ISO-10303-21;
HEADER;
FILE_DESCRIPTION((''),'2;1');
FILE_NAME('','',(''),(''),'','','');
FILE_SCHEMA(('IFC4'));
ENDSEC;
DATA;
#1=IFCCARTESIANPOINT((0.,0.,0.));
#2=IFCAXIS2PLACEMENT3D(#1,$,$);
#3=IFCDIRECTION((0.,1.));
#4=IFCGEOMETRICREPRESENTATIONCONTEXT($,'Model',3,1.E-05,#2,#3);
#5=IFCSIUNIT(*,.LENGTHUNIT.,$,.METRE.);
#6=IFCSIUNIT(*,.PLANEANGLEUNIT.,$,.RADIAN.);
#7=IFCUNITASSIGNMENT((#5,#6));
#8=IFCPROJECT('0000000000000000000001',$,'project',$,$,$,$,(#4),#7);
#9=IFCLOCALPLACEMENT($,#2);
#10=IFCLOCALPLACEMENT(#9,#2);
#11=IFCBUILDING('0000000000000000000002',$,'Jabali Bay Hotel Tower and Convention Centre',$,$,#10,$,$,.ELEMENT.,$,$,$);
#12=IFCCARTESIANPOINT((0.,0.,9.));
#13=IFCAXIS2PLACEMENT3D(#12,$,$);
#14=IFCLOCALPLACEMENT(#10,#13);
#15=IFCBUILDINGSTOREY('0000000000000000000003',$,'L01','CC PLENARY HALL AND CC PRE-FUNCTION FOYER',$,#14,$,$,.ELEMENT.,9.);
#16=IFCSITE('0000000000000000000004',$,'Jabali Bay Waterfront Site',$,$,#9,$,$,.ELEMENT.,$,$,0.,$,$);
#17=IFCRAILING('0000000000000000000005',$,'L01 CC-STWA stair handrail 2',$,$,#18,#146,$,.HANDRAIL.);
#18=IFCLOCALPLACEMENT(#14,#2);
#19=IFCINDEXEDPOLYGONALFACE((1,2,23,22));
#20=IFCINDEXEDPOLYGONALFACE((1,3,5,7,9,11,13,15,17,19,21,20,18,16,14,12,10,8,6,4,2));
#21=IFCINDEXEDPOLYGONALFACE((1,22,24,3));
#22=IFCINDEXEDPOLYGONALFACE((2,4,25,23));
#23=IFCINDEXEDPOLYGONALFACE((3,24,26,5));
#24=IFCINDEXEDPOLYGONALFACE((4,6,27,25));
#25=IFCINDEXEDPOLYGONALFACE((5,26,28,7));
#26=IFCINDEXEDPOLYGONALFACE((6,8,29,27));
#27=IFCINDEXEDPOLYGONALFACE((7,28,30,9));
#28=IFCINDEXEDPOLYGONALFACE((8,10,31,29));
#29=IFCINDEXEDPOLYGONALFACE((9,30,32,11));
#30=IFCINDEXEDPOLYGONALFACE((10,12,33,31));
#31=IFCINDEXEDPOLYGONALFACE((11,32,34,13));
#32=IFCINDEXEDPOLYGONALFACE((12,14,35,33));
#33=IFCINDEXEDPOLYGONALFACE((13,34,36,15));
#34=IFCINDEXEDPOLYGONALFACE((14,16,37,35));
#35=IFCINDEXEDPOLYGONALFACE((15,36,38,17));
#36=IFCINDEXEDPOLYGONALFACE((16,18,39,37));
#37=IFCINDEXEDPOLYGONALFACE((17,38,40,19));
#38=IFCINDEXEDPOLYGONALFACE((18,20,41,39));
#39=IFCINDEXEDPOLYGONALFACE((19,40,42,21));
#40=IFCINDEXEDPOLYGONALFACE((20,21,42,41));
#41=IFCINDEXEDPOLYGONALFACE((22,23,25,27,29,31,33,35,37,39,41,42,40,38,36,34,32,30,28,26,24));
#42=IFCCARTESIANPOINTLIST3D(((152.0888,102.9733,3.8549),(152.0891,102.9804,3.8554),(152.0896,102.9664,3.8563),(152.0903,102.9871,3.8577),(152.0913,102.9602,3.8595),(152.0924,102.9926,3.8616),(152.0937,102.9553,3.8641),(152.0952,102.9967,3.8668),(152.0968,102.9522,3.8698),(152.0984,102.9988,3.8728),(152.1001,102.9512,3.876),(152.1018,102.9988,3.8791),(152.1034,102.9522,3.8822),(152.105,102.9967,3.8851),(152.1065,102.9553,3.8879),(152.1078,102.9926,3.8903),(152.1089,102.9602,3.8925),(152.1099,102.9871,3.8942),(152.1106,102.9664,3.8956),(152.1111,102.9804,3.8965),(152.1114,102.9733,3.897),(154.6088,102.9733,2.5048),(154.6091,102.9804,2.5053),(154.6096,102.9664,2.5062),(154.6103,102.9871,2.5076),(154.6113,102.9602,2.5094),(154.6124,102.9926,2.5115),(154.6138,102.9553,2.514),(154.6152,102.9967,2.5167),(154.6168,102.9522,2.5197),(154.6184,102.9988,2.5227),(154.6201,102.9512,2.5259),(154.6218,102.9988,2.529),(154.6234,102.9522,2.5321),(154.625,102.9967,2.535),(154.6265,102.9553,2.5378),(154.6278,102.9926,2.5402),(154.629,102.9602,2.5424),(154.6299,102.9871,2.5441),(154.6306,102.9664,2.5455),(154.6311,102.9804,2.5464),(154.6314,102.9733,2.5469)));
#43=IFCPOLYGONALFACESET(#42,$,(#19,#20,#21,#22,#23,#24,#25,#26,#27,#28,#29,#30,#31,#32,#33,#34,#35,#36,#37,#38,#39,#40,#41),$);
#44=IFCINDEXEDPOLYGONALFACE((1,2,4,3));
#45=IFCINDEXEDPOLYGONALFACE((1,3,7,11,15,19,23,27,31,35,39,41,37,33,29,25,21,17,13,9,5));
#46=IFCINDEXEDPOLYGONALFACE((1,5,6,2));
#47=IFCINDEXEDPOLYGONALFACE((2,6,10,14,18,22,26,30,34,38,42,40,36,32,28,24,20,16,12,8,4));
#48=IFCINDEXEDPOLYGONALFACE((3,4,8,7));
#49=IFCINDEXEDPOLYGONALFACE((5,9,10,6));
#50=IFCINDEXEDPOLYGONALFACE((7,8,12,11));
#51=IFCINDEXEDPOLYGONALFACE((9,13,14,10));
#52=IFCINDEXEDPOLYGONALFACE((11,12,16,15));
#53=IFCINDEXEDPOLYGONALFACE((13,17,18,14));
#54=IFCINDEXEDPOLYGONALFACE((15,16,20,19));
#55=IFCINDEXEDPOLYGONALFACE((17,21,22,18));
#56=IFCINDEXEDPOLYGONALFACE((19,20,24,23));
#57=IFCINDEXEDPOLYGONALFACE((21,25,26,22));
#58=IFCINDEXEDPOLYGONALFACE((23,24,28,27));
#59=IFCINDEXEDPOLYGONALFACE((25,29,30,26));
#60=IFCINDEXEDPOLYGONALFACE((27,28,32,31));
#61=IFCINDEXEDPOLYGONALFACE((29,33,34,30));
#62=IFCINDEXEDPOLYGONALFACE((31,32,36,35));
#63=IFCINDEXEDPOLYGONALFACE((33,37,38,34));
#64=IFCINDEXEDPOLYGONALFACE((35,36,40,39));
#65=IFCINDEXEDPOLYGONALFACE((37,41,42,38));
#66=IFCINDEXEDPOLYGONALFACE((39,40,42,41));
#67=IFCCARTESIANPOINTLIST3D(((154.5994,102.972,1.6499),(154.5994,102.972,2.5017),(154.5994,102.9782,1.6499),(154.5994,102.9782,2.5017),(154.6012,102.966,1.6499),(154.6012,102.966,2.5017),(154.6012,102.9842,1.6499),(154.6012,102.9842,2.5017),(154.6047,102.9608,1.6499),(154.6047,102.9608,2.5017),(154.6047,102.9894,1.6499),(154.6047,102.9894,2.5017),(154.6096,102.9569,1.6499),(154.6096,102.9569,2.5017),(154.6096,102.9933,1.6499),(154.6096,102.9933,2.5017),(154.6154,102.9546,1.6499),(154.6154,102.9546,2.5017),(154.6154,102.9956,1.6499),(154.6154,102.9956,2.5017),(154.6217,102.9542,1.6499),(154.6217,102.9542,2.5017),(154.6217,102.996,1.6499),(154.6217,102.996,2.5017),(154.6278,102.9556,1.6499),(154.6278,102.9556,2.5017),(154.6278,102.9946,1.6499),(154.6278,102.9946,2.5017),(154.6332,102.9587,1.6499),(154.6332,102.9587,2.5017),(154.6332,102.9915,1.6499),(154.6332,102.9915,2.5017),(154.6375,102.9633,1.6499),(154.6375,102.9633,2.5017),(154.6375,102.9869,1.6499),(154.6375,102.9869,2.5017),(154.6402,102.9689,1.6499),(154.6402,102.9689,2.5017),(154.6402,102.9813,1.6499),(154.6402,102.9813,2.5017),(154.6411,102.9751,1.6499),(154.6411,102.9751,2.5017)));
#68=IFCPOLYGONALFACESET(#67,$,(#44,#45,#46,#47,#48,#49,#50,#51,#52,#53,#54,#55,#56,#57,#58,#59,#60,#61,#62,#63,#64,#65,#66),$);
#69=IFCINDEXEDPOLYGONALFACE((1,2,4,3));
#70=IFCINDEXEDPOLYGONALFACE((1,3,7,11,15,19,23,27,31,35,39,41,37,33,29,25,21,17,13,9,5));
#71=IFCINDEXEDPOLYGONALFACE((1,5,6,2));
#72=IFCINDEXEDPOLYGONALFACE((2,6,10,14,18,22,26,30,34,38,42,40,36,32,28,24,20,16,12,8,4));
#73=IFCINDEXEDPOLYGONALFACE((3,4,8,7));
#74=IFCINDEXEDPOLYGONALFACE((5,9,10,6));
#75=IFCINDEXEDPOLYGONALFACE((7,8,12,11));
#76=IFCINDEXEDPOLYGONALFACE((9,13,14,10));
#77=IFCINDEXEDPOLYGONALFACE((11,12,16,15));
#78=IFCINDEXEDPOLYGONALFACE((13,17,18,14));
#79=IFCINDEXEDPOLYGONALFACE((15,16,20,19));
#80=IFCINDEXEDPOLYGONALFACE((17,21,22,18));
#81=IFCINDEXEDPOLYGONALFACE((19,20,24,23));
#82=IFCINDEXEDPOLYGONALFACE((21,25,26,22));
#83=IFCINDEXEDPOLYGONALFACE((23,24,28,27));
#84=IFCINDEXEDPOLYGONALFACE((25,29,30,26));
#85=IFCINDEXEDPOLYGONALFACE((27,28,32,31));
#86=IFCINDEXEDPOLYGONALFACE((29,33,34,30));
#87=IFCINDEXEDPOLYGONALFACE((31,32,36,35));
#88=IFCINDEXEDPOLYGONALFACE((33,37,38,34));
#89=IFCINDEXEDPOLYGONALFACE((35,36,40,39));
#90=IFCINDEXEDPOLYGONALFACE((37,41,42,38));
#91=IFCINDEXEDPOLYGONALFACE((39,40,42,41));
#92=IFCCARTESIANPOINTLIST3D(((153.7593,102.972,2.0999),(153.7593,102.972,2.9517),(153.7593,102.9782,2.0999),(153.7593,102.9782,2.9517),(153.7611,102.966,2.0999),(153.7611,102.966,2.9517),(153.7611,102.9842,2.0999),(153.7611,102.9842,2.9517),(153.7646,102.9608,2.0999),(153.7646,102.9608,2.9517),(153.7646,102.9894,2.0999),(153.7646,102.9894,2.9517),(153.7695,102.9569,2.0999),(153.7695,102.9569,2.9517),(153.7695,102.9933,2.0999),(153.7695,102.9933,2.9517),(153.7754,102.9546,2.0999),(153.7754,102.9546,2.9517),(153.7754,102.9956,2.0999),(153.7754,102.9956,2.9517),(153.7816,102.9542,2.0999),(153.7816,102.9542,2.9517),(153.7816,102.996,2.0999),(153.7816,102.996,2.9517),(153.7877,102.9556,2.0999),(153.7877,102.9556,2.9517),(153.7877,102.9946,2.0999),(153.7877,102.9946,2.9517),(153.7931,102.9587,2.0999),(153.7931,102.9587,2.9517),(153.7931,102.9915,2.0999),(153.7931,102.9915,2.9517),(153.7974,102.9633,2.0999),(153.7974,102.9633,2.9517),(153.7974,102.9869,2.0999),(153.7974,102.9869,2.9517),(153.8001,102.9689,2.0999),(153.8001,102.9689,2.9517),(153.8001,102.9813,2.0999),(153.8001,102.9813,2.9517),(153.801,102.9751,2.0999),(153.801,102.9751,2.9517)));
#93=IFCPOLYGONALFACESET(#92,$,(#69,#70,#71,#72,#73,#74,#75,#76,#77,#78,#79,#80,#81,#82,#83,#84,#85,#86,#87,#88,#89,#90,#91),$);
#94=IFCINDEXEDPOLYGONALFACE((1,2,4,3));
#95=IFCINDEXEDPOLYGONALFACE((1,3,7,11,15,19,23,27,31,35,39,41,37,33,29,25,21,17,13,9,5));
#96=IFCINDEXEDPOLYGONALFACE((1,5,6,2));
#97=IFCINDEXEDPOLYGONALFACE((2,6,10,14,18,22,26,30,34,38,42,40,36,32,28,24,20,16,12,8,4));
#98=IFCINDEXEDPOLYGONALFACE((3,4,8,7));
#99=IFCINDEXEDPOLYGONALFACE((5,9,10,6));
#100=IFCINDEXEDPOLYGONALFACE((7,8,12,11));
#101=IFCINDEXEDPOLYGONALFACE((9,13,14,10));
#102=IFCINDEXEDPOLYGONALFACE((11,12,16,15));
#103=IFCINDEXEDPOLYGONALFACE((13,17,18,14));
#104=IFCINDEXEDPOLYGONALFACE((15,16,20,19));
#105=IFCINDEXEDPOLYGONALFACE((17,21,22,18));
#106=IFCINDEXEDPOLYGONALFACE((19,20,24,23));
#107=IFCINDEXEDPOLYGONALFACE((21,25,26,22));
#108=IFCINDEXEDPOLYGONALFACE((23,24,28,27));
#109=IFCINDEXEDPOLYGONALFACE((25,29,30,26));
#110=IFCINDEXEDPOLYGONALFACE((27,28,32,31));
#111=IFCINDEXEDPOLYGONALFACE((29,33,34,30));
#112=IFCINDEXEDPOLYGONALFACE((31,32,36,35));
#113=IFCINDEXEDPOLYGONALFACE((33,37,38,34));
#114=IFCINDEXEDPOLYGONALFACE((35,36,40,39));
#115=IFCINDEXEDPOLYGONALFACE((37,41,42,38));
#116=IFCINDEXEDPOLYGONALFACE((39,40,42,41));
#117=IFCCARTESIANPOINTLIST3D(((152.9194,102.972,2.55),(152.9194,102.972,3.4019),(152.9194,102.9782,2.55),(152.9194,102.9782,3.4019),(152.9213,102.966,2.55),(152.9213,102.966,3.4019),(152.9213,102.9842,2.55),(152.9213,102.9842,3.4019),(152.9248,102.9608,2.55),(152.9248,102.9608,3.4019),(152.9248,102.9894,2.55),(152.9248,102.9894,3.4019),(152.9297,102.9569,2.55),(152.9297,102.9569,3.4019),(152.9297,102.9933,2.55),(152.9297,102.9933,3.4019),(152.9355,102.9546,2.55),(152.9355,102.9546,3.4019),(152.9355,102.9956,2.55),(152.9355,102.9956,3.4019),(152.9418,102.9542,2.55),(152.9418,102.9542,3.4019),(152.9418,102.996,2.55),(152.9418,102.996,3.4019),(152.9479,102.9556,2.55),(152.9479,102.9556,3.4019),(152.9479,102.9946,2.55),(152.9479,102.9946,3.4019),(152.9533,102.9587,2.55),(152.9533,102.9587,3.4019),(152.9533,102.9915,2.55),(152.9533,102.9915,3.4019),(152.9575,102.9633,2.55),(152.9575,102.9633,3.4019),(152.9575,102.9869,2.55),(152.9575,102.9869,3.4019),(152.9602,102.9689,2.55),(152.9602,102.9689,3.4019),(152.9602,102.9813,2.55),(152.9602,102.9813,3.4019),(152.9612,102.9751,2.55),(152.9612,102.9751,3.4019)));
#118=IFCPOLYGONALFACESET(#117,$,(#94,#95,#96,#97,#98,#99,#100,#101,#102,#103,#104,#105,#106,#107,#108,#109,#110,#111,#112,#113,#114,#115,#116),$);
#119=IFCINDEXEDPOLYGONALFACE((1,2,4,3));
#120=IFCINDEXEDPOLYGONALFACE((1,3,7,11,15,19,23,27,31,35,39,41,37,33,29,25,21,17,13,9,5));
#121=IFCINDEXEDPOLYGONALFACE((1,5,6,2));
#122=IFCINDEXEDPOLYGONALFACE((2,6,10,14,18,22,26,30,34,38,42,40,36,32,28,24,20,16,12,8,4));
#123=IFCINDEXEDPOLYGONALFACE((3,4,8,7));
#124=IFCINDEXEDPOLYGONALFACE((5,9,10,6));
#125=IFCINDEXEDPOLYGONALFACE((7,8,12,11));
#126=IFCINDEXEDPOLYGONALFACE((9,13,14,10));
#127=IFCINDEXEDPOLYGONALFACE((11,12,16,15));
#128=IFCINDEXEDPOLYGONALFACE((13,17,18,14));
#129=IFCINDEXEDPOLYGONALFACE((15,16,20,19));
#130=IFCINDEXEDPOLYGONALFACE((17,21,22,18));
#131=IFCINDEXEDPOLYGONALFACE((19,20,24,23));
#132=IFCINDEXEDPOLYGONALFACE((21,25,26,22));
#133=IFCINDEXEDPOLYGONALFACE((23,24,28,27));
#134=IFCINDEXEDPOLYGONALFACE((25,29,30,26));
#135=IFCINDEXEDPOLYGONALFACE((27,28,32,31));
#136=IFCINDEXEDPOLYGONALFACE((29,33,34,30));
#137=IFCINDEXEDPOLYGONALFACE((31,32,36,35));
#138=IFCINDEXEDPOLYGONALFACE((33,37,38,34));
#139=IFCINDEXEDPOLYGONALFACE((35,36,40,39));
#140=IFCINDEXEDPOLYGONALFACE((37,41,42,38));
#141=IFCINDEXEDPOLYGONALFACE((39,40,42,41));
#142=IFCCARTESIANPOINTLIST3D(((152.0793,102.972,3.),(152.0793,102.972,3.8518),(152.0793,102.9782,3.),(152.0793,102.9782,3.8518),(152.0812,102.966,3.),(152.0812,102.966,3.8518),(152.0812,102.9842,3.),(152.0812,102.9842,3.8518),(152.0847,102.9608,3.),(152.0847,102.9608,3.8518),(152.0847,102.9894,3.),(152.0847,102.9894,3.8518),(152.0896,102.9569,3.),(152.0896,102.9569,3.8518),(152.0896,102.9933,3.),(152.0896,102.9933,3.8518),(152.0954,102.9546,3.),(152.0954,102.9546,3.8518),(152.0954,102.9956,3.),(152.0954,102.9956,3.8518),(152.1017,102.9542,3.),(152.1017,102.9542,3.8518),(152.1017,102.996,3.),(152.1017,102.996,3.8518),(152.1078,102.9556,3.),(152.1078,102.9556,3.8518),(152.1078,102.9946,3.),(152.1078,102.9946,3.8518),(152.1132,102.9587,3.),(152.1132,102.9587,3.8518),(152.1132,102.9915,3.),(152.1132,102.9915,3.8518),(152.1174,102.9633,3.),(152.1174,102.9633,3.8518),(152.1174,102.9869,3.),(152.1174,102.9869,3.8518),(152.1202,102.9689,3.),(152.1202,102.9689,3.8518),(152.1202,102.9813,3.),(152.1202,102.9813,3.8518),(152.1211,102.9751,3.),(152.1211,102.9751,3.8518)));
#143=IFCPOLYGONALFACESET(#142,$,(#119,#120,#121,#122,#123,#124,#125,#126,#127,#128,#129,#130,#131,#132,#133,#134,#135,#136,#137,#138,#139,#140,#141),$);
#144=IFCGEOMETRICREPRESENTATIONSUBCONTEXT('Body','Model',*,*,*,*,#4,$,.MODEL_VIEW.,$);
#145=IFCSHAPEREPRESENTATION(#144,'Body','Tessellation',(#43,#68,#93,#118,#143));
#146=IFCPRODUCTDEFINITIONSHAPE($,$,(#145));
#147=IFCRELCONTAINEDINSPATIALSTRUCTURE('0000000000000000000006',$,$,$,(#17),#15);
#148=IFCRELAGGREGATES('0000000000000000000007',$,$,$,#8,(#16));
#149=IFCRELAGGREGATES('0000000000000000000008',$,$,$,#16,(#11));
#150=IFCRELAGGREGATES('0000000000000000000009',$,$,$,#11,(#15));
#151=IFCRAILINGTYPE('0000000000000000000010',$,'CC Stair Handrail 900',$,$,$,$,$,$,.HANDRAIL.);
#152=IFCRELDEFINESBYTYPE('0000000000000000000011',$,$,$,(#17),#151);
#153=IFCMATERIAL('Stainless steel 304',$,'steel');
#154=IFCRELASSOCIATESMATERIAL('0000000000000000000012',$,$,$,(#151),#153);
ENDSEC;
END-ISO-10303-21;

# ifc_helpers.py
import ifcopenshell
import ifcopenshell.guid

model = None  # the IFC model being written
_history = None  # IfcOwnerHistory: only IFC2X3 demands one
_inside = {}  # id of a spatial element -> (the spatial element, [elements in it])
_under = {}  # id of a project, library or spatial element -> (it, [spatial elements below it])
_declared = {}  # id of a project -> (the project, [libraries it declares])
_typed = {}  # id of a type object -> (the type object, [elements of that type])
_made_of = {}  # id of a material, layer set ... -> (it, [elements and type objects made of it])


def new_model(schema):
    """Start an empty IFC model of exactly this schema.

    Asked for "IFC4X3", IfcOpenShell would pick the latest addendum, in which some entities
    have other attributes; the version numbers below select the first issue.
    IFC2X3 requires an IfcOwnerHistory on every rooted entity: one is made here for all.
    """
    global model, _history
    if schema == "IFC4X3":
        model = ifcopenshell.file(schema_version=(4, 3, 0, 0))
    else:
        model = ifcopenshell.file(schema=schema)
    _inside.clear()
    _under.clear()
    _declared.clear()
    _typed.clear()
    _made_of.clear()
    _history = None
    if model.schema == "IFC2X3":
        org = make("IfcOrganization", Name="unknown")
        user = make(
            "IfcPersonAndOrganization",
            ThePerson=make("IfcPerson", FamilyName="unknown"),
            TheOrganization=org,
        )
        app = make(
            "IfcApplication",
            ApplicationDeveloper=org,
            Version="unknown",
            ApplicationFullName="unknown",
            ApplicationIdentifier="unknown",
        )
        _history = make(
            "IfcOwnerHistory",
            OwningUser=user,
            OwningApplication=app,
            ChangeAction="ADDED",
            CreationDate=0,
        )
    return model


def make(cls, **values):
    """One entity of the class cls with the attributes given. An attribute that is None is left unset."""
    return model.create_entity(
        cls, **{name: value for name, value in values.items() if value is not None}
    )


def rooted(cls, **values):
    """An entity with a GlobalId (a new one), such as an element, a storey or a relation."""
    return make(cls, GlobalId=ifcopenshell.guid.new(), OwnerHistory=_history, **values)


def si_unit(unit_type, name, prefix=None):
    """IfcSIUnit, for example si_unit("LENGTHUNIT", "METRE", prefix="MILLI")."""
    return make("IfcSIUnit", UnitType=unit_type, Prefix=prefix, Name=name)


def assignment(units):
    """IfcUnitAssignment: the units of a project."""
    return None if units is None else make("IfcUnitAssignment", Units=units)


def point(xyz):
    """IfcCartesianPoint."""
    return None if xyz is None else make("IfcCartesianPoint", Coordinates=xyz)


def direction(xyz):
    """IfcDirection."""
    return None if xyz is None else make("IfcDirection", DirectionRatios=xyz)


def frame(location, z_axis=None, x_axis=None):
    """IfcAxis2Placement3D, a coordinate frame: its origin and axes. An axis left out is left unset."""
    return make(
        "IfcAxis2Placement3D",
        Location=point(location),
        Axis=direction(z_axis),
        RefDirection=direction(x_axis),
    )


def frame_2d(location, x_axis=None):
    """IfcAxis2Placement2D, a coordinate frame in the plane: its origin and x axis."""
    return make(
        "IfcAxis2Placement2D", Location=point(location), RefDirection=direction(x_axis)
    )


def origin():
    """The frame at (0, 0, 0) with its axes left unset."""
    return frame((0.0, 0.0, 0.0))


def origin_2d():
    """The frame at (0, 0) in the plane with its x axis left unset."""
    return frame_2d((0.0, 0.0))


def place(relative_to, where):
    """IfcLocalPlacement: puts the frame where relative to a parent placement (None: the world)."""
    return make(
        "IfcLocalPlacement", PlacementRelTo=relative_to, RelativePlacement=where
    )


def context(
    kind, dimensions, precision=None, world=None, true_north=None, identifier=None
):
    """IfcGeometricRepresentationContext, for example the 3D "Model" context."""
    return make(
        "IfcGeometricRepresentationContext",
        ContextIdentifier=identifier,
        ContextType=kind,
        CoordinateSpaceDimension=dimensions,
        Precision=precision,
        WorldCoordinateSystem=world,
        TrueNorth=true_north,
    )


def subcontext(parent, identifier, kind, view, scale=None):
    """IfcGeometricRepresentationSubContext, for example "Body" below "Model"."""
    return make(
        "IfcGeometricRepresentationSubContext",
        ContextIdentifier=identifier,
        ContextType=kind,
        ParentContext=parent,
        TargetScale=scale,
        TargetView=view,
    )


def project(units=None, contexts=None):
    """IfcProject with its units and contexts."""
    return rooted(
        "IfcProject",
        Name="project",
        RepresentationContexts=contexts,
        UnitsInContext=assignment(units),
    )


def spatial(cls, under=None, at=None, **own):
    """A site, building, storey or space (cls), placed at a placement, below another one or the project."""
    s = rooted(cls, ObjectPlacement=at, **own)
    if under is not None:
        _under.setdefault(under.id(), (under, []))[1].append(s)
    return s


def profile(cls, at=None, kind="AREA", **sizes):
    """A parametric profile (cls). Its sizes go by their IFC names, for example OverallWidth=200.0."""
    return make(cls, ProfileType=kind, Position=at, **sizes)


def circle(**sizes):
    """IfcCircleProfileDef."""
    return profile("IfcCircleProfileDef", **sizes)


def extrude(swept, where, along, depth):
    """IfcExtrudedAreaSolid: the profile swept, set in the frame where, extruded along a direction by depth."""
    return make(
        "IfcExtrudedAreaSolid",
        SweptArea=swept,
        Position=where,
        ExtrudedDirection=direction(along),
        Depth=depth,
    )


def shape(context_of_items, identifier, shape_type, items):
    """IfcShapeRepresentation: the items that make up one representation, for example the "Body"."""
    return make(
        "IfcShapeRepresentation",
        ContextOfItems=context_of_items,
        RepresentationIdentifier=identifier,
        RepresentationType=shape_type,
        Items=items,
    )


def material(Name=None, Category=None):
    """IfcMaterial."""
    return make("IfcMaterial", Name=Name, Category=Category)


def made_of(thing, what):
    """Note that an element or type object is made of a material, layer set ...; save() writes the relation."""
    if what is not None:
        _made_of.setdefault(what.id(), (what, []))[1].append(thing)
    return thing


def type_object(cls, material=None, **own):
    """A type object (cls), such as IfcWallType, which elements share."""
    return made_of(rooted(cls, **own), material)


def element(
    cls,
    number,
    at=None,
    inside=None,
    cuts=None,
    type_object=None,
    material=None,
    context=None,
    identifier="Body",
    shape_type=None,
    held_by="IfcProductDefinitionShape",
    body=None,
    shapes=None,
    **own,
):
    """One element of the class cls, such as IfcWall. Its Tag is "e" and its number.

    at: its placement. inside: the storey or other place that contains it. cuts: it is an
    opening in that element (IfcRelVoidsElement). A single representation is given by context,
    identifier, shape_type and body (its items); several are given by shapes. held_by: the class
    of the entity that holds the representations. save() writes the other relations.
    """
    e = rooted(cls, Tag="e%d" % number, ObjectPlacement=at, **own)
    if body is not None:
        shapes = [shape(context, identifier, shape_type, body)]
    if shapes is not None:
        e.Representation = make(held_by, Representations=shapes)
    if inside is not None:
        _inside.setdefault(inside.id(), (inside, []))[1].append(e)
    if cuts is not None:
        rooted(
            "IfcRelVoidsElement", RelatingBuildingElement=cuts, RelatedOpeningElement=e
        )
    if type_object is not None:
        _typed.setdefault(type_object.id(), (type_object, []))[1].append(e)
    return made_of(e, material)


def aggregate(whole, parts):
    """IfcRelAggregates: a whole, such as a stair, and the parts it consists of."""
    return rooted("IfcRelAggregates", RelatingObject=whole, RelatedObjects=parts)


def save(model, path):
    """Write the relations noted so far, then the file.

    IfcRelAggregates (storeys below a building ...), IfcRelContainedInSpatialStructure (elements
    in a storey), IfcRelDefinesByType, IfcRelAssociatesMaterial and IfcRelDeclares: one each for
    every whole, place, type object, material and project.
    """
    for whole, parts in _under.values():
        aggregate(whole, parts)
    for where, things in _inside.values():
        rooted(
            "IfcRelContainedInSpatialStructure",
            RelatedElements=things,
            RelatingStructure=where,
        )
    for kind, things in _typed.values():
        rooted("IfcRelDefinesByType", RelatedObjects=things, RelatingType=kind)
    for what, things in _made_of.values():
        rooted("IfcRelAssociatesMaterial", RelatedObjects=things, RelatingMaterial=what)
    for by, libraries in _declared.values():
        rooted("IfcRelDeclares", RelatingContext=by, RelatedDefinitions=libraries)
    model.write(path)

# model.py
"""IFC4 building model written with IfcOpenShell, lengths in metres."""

from ifc_helpers import new_model, si_unit, direction, frame, origin, origin_2d, place, context, subcontext, project, spatial, circle, extrude, material, type_object, element, save


model = new_model("IFC4")

# Units and contexts
model_context = context("Model", 3, precision=1e-05, world=origin(), true_north=direction((0.0, 1.0)))
body_context = subcontext(model_context, "Body", "Model", "MODEL_VIEW")
ifc_project = project(units=[si_unit("LENGTHUNIT", "METRE"), si_unit("PLANEANGLEUNIT", "RADIAN")], contexts=[model_context])

# Site, building, storey
site_placement = place(None, origin())
site = spatial("IfcSite", under=ifc_project, at=site_placement, Name="Jabali Bay Waterfront Site", CompositionType="ELEMENT", RefElevation=0.0)
building_placement = place(site_placement, origin())
building = spatial("IfcBuilding", under=site, at=building_placement, Name="Jabali Bay Hotel Tower and Convention Centre", CompositionType="ELEMENT")
storey_placement = place(building_placement, frame((0.0, 0.0, 9.0)))
storey = spatial("IfcBuildingStorey", under=building, at=storey_placement, Name="L01", Description="CC PLENARY HALL AND CC PRE-FUNCTION FOYER", CompositionType="ELEMENT", Elevation=9.0)

# Railing
ifc_material_1 = material(Name="Stainless steel 304", Category="steel")
railing_type_1 = type_object("IfcRailingType", Name="CC Stair Handrail 900", PredefinedType="HANDRAIL", material=ifc_material_1)
for number, where, name in (
    (1, (154.6201, 102.9751, 1.6499), "L01 CC-STWA stair handrail 2"),
):
    element("IfcRailing", number, at=place(storey_placement, frame(where)), inside=storey, type_object=railing_type_1, Name=name, PredefinedType="HANDRAIL", context=body_context, shape_type="SweptSolid", body=[
        extrude(circle(Radius=0.0239, at=origin_2d()), frame((0.0, 0.0, 0.876), z_axis=(-0.881467, 0.0, 0.472245), x_axis=(0.0, -1.0, 0.0)), (0.0, 0.0, 1.0), 2.8589),
        extrude(circle(Radius=0.021, at=origin_2d()), origin(), (0.0, 0.0, 1.0), 0.8518),
        extrude(circle(Radius=0.021, at=origin_2d()), frame((-0.8401, 0.0, 0.45)), (0.0, 0.0, 1.0), 0.8518),
        extrude(circle(Radius=0.021, at=origin_2d()), frame((-1.6799, 0.0, 0.9001)), (0.0, 0.0, 1.0), 0.8518),
        extrude(circle(Radius=0.021, at=origin_2d()), frame((-2.52, 0.0, 1.3501)), (0.0, 0.0, 1.0), 0.8518),
    ])

save(model, "model.ifc")
